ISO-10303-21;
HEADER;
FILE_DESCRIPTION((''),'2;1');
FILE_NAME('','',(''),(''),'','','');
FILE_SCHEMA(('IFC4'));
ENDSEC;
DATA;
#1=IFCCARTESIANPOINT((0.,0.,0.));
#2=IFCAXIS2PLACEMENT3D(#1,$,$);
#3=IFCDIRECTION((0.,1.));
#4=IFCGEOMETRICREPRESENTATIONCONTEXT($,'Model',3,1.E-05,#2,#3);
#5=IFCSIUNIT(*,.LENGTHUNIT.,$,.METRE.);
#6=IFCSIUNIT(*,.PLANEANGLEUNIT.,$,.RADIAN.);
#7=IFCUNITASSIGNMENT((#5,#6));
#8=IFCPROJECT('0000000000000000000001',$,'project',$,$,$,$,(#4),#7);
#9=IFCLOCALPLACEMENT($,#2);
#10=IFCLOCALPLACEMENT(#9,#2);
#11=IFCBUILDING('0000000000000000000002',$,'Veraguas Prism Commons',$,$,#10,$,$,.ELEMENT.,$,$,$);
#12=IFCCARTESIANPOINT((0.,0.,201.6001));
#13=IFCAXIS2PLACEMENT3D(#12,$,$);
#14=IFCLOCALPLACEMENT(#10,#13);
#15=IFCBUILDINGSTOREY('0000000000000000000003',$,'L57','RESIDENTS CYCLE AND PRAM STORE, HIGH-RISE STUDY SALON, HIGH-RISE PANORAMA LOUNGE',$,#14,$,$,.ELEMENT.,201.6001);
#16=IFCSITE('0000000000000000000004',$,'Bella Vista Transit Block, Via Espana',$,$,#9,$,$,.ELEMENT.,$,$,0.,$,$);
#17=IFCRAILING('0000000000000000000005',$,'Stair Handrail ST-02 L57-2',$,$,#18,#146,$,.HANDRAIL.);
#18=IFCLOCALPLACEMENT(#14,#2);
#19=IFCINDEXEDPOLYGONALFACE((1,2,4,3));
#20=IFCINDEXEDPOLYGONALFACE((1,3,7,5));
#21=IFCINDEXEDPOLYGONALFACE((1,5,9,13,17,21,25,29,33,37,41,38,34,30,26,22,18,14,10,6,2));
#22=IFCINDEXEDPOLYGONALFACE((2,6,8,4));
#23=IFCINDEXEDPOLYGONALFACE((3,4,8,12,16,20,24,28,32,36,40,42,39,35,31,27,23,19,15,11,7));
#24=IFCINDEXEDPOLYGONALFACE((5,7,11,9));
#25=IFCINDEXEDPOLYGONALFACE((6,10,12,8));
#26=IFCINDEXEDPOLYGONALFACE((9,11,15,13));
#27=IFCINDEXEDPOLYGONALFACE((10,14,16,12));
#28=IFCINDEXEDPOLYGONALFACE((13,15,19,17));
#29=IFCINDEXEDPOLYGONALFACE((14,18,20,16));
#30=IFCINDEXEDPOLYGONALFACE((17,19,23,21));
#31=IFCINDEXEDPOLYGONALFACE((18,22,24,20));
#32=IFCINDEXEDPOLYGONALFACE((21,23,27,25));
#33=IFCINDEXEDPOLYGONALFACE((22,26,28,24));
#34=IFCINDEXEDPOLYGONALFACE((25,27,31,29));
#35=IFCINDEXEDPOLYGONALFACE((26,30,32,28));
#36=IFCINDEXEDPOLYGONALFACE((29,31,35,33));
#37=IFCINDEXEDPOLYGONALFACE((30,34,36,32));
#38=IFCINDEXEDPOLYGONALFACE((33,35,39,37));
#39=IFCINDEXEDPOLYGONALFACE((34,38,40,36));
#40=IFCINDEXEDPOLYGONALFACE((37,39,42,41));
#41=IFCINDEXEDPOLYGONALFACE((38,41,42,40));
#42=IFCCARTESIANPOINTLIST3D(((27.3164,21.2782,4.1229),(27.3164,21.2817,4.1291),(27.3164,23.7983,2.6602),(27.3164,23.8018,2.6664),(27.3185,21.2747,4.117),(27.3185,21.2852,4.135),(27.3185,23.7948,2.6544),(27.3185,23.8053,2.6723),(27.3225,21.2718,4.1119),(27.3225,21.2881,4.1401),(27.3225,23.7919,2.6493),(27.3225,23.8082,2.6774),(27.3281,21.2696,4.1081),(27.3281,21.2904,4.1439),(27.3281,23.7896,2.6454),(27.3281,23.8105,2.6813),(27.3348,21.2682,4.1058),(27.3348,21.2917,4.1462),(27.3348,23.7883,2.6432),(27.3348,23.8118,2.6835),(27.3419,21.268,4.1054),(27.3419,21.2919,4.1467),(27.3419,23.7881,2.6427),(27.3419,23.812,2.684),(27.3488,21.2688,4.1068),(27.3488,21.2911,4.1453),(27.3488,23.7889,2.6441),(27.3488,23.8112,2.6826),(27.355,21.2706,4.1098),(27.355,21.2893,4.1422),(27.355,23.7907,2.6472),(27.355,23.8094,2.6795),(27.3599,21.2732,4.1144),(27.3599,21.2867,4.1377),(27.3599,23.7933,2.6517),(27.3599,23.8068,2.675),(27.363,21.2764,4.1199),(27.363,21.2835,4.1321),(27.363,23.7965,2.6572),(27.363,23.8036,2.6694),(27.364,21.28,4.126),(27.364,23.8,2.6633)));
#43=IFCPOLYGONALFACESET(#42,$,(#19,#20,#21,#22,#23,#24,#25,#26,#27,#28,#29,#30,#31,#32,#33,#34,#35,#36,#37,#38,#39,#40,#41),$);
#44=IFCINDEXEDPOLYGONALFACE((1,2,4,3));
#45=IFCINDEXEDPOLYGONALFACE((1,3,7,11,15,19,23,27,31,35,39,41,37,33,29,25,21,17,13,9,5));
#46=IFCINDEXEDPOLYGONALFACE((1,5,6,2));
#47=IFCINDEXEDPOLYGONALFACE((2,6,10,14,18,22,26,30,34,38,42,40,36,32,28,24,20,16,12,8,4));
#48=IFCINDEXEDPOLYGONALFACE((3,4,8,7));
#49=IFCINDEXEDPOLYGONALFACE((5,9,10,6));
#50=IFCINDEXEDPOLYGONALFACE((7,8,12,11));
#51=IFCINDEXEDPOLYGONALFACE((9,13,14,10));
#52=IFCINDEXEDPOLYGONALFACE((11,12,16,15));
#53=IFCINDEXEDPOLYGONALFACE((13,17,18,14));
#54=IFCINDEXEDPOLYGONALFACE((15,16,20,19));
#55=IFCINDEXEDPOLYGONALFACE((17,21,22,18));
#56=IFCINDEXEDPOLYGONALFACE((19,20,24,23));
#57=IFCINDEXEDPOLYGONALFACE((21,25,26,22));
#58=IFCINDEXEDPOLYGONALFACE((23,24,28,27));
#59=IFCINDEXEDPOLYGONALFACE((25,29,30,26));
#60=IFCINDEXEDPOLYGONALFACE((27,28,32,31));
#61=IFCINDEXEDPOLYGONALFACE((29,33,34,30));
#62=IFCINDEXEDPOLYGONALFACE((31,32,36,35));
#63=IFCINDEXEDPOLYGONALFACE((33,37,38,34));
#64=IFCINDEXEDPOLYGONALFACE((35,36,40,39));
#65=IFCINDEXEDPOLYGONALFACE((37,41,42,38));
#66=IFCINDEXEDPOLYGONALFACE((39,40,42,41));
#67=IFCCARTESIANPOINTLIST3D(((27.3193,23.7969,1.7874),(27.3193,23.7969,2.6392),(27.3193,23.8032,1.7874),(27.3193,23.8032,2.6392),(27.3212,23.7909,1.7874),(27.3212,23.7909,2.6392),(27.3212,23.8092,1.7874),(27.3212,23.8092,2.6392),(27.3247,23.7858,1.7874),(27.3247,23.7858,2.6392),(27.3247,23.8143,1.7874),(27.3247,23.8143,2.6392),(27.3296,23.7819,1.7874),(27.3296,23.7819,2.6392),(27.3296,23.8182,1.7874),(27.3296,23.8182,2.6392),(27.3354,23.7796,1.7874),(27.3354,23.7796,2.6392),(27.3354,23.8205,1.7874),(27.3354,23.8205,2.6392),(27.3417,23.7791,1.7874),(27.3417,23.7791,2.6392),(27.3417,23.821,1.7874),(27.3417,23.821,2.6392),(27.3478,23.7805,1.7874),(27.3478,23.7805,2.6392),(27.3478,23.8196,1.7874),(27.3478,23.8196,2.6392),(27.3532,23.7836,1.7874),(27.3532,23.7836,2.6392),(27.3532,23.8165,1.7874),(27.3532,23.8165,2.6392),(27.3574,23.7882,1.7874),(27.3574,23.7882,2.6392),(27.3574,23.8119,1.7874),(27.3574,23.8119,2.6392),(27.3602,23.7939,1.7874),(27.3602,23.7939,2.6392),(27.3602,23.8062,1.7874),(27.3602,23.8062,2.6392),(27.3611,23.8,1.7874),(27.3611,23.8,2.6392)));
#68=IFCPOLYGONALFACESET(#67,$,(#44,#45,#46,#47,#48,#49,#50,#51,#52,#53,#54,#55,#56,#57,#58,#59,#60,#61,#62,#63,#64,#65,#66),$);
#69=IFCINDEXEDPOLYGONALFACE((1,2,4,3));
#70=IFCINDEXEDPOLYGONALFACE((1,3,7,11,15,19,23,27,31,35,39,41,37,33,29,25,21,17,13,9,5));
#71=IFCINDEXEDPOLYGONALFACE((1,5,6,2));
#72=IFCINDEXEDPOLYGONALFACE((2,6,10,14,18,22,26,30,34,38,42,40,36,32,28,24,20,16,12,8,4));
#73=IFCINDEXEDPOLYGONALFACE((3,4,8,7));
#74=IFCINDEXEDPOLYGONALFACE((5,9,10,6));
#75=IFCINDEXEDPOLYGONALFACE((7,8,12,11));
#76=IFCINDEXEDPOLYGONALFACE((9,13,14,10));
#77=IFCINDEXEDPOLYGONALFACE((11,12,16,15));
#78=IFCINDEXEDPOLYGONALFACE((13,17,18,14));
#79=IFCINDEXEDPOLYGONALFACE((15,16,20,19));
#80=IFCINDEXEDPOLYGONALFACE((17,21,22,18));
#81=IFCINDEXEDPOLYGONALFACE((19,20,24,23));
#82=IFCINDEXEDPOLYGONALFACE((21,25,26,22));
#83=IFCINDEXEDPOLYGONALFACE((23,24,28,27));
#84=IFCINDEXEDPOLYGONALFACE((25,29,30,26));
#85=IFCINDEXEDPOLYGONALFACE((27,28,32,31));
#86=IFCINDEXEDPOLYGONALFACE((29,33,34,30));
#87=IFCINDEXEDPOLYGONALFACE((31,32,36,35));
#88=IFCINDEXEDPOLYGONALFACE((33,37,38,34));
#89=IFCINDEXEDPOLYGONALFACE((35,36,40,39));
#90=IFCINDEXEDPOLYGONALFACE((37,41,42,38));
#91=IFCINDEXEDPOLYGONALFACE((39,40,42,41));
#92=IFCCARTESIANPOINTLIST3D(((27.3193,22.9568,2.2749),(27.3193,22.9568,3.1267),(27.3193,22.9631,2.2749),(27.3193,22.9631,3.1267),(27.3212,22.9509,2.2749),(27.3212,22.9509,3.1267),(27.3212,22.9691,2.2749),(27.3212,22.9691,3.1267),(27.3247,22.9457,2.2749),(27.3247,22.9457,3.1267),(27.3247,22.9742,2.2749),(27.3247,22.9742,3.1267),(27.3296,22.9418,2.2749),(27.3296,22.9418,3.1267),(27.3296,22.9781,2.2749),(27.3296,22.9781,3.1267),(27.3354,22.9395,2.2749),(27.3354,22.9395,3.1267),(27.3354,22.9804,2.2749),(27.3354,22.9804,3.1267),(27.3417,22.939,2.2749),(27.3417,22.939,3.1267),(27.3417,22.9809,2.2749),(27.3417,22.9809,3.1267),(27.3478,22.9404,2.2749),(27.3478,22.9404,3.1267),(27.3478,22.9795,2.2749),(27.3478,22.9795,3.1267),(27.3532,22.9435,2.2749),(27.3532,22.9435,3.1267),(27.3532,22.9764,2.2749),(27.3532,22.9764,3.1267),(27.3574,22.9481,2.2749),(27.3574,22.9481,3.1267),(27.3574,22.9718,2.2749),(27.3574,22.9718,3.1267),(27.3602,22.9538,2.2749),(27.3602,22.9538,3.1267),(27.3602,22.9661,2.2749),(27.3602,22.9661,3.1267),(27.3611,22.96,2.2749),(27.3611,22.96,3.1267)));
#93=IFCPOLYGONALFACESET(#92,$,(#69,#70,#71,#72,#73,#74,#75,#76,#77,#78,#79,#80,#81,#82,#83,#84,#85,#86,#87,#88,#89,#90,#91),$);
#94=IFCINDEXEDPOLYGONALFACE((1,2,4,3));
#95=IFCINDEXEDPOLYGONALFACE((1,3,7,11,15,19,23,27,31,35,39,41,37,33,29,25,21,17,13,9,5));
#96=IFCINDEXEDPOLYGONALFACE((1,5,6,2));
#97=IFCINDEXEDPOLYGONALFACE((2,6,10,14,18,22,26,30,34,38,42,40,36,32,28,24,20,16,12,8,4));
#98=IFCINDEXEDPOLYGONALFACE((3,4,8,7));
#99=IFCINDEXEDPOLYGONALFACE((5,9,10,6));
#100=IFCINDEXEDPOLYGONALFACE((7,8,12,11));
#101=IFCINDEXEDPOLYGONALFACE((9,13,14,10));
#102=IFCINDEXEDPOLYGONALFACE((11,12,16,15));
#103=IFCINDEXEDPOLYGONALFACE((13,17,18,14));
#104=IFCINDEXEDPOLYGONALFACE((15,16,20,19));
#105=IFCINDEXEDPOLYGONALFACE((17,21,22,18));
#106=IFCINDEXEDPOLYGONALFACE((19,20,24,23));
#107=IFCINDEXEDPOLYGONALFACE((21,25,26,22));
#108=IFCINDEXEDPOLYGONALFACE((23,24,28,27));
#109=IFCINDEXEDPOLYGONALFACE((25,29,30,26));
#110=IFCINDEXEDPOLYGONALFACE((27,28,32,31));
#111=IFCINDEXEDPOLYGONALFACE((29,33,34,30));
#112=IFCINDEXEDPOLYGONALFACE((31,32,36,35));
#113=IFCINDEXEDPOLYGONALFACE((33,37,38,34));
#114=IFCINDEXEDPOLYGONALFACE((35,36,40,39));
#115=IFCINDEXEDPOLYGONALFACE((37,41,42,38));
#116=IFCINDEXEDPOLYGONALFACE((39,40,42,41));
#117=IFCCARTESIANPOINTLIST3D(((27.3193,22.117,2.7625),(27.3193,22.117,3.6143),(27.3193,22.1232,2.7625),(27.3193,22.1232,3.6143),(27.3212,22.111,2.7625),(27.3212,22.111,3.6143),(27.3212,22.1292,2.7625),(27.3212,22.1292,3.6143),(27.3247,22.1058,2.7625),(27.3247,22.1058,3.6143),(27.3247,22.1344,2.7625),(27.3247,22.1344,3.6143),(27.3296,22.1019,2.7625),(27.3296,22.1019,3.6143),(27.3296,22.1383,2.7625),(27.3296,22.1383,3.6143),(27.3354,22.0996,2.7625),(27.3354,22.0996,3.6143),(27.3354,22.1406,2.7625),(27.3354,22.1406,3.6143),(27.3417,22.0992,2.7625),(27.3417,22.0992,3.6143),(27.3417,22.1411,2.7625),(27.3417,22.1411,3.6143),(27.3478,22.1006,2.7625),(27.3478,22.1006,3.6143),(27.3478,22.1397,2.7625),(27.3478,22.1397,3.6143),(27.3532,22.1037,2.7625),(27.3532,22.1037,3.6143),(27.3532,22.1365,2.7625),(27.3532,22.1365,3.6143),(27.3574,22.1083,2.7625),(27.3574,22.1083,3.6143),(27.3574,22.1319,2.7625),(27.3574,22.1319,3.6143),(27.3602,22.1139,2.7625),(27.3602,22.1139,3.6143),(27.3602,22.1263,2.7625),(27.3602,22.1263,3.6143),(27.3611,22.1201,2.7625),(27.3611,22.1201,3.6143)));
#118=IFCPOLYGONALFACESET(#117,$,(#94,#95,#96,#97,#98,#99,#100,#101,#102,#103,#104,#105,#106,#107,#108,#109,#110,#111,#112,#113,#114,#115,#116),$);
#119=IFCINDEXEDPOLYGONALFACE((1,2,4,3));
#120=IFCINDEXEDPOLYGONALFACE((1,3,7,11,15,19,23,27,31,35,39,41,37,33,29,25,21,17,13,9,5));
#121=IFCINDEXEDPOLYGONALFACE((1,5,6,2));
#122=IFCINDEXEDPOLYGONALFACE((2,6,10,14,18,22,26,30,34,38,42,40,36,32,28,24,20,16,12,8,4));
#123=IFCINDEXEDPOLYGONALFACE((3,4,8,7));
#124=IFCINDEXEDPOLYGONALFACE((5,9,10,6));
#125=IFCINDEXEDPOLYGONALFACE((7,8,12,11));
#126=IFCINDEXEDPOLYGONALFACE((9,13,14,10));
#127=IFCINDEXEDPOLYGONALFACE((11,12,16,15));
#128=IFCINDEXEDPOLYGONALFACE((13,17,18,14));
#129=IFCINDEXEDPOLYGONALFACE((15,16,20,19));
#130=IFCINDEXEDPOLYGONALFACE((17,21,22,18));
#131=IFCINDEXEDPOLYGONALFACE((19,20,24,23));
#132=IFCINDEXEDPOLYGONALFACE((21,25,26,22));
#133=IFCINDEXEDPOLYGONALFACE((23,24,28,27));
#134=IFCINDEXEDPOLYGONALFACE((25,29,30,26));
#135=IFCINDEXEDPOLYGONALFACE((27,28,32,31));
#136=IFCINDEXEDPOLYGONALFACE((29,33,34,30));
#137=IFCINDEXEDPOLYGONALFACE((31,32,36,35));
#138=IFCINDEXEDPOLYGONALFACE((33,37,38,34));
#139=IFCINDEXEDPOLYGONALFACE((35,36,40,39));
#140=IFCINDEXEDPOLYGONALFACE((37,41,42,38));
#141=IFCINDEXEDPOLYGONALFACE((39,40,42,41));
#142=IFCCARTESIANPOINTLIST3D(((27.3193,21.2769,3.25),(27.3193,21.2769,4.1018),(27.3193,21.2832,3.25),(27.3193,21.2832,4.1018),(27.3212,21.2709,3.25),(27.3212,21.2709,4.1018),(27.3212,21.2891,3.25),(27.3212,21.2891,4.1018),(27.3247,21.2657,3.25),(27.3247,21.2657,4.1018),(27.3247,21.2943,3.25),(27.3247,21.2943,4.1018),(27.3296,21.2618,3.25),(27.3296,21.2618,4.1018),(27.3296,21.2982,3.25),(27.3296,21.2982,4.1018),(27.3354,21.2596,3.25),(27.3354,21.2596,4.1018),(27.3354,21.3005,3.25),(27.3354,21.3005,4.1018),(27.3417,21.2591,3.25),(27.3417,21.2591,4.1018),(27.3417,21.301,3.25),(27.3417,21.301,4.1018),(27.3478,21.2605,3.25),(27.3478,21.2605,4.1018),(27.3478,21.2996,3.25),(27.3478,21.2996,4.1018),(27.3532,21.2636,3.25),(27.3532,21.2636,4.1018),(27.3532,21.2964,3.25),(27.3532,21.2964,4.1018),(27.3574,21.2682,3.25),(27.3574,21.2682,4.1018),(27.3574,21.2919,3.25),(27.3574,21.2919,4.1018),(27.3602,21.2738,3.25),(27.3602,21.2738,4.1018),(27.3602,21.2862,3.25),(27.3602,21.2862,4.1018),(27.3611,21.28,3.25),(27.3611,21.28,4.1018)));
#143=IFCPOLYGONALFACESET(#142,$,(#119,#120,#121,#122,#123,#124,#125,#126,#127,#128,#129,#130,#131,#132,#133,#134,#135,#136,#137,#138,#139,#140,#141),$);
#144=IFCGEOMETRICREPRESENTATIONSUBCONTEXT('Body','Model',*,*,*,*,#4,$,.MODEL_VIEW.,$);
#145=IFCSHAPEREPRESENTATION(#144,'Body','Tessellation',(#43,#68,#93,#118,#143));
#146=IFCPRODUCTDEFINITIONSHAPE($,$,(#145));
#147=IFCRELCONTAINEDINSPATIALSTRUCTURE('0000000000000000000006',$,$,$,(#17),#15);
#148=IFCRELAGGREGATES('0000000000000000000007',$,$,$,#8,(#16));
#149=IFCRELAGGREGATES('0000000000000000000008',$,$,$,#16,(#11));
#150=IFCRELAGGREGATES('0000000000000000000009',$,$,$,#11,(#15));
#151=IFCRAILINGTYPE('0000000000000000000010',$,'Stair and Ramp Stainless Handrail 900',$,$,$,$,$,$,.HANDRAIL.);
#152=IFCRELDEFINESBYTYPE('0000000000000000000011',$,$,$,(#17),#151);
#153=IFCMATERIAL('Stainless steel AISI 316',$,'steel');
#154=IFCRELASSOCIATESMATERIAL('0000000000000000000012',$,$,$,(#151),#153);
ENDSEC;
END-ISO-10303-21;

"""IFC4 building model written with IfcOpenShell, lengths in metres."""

from ifc_helpers import new_model, si_unit, direction, frame, origin, origin_2d, place, context, subcontext, project, spatial, circle, extrude, material, type_object, element, save


model = new_model("IFC4")

# Units and contexts
model_context = context("Model", 3, precision=1e-05, world=origin(), true_north=direction((0.0, 1.0)))
body_context = subcontext(model_context, "Body", "Model", "MODEL_VIEW")
ifc_project = project(units=[si_unit("LENGTHUNIT", "METRE"), si_unit("PLANEANGLEUNIT", "RADIAN")], contexts=[model_context])

# Site, building, storey
site_placement = place(None, origin())
site = spatial("IfcSite", under=ifc_project, at=site_placement, Name="Bella Vista Transit Block, Via Espana", CompositionType="ELEMENT", RefElevation=0.0)
building_placement = place(site_placement, origin())
building = spatial("IfcBuilding", under=site, at=building_placement, Name="Veraguas Prism Commons", CompositionType="ELEMENT")
storey_placement = place(building_placement, frame((0.0, 0.0, 201.6001)))
storey = spatial("IfcBuildingStorey", under=building, at=storey_placement, Name="L57", Description="RESIDENTS CYCLE AND PRAM STORE, HIGH-RISE STUDY SALON, HIGH-RISE PANORAMA LOUNGE", CompositionType="ELEMENT", Elevation=201.6001)

# Railing
ifc_material_1 = material(Name="Stainless steel AISI 316", Category="steel")
railing_type_1 = type_object("IfcRailingType", Name="Stair and Ramp Stainless Handrail 900", PredefinedType="HANDRAIL", material=ifc_material_1)
railing_1_placement = place(storey_placement, frame((27.3401, 23.8, 1.7874)))
element("IfcRailing", 1, at=railing_1_placement, inside=storey, type_object=railing_type_1, Name="Stair Handrail ST-02 L57-2", PredefinedType="HANDRAIL", context=body_context, shape_type="SweptSolid", body=[
    extrude(circle(Radius=0.0239, at=origin_2d()), frame((0.0, 0.0, 0.876), z_axis=(0.0, -0.864877, 0.501984), x_axis=(1.0, 0.0, 0.0)), (0.0, 0.0, 1.0), 2.9138),
    extrude(circle(Radius=0.021, at=origin_2d()), origin(), (0.0, 0.0, 1.0), 0.8518),
    extrude(circle(Radius=0.021, at=origin_2d()), frame((0.0, -0.8401, 0.4875)), (0.0, 0.0, 1.0), 0.8518),
    extrude(circle(Radius=0.021, at=origin_2d()), frame((0.0, -1.6799, 0.9751)), (0.0, 0.0, 1.0), 0.8518),
    extrude(circle(Radius=0.021, at=origin_2d()), frame((0.0, -2.52, 1.4626)), (0.0, 0.0, 1.0), 0.8518),
])

save(model, "model.ifc")
